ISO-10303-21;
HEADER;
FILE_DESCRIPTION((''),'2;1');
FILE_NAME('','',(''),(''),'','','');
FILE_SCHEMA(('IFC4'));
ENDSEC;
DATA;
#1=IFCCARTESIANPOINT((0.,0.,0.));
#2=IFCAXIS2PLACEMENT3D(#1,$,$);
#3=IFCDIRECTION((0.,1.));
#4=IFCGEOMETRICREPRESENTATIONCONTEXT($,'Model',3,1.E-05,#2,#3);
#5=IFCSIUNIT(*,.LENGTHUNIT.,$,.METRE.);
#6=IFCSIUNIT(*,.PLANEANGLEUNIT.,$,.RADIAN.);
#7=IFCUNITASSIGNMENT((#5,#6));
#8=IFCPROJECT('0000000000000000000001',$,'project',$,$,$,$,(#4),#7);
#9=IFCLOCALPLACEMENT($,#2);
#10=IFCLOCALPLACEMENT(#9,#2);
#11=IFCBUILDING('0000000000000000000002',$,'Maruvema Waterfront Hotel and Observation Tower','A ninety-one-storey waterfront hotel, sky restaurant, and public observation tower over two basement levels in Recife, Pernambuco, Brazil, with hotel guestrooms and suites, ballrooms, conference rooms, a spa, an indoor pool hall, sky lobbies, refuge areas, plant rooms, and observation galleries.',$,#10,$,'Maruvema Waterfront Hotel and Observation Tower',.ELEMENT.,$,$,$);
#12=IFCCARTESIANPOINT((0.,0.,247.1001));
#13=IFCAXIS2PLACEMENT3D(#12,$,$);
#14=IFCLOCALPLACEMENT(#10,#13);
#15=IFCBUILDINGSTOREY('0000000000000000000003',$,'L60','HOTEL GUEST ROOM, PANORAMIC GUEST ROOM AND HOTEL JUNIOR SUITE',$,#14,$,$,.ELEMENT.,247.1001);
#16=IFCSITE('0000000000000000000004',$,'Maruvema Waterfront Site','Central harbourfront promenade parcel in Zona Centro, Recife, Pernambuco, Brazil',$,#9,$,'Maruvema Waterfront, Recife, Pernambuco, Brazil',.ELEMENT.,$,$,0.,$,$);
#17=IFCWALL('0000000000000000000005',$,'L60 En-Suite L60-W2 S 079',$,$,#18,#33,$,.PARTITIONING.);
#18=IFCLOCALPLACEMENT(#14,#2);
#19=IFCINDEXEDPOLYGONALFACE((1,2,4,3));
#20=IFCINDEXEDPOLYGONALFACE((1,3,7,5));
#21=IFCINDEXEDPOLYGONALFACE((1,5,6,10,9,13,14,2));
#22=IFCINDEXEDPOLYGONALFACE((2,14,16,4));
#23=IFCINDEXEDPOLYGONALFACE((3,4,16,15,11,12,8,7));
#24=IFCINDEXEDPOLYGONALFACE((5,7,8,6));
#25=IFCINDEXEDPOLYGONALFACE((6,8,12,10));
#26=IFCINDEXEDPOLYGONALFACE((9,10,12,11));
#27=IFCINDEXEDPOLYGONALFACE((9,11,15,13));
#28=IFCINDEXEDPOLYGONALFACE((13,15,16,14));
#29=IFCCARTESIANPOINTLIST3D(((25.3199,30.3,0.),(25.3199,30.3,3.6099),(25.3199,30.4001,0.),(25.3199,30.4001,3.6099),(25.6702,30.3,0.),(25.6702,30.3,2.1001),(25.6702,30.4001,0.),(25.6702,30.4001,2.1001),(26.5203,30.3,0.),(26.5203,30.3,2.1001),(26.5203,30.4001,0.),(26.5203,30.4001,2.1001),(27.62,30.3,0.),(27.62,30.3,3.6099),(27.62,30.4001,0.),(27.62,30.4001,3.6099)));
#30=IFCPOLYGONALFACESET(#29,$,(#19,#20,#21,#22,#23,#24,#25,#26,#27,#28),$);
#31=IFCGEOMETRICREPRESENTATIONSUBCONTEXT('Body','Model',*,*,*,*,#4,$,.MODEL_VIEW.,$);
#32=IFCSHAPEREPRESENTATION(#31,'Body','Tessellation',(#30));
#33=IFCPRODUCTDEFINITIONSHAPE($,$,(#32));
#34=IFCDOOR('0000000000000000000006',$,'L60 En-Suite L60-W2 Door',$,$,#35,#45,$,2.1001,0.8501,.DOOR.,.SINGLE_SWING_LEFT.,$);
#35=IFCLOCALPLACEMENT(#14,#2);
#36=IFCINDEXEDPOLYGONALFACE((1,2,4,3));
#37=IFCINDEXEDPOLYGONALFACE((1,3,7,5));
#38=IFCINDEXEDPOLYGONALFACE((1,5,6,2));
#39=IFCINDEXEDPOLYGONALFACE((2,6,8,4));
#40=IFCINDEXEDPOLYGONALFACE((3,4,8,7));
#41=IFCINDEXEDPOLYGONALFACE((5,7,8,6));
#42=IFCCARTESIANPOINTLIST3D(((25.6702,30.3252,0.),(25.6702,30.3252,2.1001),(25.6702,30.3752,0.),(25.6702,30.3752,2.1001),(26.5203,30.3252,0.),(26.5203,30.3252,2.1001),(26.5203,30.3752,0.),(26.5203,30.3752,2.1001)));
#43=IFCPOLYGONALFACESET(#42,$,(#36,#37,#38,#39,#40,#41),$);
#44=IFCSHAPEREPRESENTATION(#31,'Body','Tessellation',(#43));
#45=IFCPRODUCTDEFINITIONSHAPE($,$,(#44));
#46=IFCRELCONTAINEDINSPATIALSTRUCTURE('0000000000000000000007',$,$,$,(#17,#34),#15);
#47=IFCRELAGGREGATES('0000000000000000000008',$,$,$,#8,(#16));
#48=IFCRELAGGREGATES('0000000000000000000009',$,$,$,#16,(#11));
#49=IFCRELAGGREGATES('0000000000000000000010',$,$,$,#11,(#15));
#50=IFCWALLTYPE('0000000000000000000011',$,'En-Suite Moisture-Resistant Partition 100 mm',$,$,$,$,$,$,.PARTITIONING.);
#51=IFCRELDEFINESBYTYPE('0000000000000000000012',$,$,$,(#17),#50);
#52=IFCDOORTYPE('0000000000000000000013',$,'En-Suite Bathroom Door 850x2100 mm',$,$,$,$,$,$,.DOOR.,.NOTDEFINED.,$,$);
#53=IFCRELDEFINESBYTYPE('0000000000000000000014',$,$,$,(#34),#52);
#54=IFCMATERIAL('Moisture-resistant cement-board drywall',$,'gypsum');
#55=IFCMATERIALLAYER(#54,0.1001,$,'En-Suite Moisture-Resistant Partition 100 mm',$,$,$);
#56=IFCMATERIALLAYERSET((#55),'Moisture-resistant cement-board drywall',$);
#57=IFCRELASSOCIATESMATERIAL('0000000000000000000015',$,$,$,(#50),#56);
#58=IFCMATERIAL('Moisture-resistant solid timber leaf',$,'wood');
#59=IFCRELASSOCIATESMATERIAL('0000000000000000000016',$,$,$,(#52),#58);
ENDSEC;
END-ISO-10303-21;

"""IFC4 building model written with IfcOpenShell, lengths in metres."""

from ifc_helpers import new_model, si_unit, direction, frame, frame_2d, origin, place, context, subcontext, project, spatial, rectangle, extrude, material, layer, layer_set, type_object, element, fill, save


model = new_model("IFC4")

# Units and contexts
model_context = context("Model", 3, precision=1e-05, world=origin(), true_north=direction((0.0, 1.0)))
body_context = subcontext(model_context, "Body", "Model", "MODEL_VIEW")
ifc_project = project(units=[si_unit("LENGTHUNIT", "METRE"), si_unit("PLANEANGLEUNIT", "RADIAN")], contexts=[model_context])

# Site, building, storey
site_placement = place(None, origin())
site = spatial("IfcSite", under=ifc_project, at=site_placement, Name="Maruvema Waterfront Site", Description="Central harbourfront promenade parcel in Zona Centro, Recife, Pernambuco, Brazil", LongName="Maruvema Waterfront, Recife, Pernambuco, Brazil", CompositionType="ELEMENT", RefElevation=0.0)
building_placement = place(site_placement, origin())
building = spatial("IfcBuilding", under=site, at=building_placement, Name="Maruvema Waterfront Hotel and Observation Tower", Description="A ninety-one-storey waterfront hotel, sky restaurant, and public observation tower over two basement levels in Recife, Pernambuco, Brazil, with hotel guestrooms and suites, ballrooms, conference rooms, a spa, an indoor pool hall, sky lobbies, refuge areas, plant rooms, and observation galleries.", LongName="Maruvema Waterfront Hotel and Observation Tower", CompositionType="ELEMENT")
storey_placement = place(building_placement, frame((0.0, 0.0, 247.1001)))
storey = spatial("IfcBuildingStorey", under=building, at=storey_placement, Name="L60", Description="HOTEL GUEST ROOM, PANORAMIC GUEST ROOM AND HOTEL JUNIOR SUITE", CompositionType="ELEMENT", Elevation=247.1001)

# Shared definitions
ifc_material_1 = material(Name="Moisture-resistant cement-board drywall", Category="gypsum")
ifc_layer_1 = layer(ifc_material_1, 0.1001, Name="En-Suite Moisture-Resistant Partition 100 mm")
ifc_layer_set_1 = layer_set([ifc_layer_1], Name="Moisture-resistant cement-board drywall")
wall_type_1 = type_object("IfcWallType", Name="En-Suite Moisture-Resistant Partition 100 mm", PredefinedType="PARTITIONING", material=ifc_layer_set_1)

# Shared definitions
ifc_material_2 = material(Name="Moisture-resistant solid timber leaf", Category="wood")
door_type_1 = type_object("IfcDoorType", Name="En-Suite Bathroom Door 850x2100 mm", OperationType="NOTDEFINED", PredefinedType="DOOR", material=ifc_material_2)

# Wall, opening, door
wall_1_placement = place(storey_placement, frame((25.3201, 30.3501, 0.0), z_axis=(0.0, 0.0, 1.0), x_axis=(1.0, 0.0, 0.0)))
wall_1 = element("IfcWall", 1, at=wall_1_placement, inside=storey, type_object=wall_type_1, Name="L60 En-Suite L60-W2 S 079", PredefinedType="PARTITIONING", context=body_context, shape_type="SweptSolid", body=[
    extrude(rectangle(XDim=2.3, YDim=0.1001, at=frame_2d((1.1499, 0.0))), origin(), (0.0, 0.0, 1.0), 3.6099),
])
opening_1_placement = place(wall_1_placement, frame((0.3501, 0.0, 0.0)))
opening_1 = element("IfcOpeningElement", 2, at=opening_1_placement, cuts=wall_1, PredefinedType="OPENING", context=body_context, shape_type="SweptSolid", body=[
    extrude(rectangle(XDim=0.8501, YDim=2.1001, at=frame_2d((0.425, 1.05))), frame((0.0, 0.0601, 0.0), z_axis=(0.0, -1.0, 0.0), x_axis=(1.0, 0.0, 0.0)), (0.0, 0.0, 1.0), 0.1201),
])
door_1_placement = place(opening_1_placement, frame((0.8501, 0.0, 0.0), z_axis=(0.0, 0.0, 1.0), x_axis=(-1.0, 0.0, 0.0)))
door_1 = element("IfcDoor", 3, at=door_1_placement, inside=storey, type_object=door_type_1, Name="L60 En-Suite L60-W2 Door", OperationType="SINGLE_SWING_LEFT", OverallHeight=2.1001, OverallWidth=0.8501, PredefinedType="DOOR", context=body_context, shape_type="SweptSolid", body=[
    extrude(rectangle(XDim=0.8501, YDim=2.1001, at=frame_2d((0.425, 1.05))), frame((0.0, 0.0249, 0.0), z_axis=(0.0, -1.0, 0.0), x_axis=(1.0, 0.0, 0.0)), (0.0, 0.0, 1.0), 0.05),
])
fill(opening_1, door_1)

save(model, "model.ifc")
